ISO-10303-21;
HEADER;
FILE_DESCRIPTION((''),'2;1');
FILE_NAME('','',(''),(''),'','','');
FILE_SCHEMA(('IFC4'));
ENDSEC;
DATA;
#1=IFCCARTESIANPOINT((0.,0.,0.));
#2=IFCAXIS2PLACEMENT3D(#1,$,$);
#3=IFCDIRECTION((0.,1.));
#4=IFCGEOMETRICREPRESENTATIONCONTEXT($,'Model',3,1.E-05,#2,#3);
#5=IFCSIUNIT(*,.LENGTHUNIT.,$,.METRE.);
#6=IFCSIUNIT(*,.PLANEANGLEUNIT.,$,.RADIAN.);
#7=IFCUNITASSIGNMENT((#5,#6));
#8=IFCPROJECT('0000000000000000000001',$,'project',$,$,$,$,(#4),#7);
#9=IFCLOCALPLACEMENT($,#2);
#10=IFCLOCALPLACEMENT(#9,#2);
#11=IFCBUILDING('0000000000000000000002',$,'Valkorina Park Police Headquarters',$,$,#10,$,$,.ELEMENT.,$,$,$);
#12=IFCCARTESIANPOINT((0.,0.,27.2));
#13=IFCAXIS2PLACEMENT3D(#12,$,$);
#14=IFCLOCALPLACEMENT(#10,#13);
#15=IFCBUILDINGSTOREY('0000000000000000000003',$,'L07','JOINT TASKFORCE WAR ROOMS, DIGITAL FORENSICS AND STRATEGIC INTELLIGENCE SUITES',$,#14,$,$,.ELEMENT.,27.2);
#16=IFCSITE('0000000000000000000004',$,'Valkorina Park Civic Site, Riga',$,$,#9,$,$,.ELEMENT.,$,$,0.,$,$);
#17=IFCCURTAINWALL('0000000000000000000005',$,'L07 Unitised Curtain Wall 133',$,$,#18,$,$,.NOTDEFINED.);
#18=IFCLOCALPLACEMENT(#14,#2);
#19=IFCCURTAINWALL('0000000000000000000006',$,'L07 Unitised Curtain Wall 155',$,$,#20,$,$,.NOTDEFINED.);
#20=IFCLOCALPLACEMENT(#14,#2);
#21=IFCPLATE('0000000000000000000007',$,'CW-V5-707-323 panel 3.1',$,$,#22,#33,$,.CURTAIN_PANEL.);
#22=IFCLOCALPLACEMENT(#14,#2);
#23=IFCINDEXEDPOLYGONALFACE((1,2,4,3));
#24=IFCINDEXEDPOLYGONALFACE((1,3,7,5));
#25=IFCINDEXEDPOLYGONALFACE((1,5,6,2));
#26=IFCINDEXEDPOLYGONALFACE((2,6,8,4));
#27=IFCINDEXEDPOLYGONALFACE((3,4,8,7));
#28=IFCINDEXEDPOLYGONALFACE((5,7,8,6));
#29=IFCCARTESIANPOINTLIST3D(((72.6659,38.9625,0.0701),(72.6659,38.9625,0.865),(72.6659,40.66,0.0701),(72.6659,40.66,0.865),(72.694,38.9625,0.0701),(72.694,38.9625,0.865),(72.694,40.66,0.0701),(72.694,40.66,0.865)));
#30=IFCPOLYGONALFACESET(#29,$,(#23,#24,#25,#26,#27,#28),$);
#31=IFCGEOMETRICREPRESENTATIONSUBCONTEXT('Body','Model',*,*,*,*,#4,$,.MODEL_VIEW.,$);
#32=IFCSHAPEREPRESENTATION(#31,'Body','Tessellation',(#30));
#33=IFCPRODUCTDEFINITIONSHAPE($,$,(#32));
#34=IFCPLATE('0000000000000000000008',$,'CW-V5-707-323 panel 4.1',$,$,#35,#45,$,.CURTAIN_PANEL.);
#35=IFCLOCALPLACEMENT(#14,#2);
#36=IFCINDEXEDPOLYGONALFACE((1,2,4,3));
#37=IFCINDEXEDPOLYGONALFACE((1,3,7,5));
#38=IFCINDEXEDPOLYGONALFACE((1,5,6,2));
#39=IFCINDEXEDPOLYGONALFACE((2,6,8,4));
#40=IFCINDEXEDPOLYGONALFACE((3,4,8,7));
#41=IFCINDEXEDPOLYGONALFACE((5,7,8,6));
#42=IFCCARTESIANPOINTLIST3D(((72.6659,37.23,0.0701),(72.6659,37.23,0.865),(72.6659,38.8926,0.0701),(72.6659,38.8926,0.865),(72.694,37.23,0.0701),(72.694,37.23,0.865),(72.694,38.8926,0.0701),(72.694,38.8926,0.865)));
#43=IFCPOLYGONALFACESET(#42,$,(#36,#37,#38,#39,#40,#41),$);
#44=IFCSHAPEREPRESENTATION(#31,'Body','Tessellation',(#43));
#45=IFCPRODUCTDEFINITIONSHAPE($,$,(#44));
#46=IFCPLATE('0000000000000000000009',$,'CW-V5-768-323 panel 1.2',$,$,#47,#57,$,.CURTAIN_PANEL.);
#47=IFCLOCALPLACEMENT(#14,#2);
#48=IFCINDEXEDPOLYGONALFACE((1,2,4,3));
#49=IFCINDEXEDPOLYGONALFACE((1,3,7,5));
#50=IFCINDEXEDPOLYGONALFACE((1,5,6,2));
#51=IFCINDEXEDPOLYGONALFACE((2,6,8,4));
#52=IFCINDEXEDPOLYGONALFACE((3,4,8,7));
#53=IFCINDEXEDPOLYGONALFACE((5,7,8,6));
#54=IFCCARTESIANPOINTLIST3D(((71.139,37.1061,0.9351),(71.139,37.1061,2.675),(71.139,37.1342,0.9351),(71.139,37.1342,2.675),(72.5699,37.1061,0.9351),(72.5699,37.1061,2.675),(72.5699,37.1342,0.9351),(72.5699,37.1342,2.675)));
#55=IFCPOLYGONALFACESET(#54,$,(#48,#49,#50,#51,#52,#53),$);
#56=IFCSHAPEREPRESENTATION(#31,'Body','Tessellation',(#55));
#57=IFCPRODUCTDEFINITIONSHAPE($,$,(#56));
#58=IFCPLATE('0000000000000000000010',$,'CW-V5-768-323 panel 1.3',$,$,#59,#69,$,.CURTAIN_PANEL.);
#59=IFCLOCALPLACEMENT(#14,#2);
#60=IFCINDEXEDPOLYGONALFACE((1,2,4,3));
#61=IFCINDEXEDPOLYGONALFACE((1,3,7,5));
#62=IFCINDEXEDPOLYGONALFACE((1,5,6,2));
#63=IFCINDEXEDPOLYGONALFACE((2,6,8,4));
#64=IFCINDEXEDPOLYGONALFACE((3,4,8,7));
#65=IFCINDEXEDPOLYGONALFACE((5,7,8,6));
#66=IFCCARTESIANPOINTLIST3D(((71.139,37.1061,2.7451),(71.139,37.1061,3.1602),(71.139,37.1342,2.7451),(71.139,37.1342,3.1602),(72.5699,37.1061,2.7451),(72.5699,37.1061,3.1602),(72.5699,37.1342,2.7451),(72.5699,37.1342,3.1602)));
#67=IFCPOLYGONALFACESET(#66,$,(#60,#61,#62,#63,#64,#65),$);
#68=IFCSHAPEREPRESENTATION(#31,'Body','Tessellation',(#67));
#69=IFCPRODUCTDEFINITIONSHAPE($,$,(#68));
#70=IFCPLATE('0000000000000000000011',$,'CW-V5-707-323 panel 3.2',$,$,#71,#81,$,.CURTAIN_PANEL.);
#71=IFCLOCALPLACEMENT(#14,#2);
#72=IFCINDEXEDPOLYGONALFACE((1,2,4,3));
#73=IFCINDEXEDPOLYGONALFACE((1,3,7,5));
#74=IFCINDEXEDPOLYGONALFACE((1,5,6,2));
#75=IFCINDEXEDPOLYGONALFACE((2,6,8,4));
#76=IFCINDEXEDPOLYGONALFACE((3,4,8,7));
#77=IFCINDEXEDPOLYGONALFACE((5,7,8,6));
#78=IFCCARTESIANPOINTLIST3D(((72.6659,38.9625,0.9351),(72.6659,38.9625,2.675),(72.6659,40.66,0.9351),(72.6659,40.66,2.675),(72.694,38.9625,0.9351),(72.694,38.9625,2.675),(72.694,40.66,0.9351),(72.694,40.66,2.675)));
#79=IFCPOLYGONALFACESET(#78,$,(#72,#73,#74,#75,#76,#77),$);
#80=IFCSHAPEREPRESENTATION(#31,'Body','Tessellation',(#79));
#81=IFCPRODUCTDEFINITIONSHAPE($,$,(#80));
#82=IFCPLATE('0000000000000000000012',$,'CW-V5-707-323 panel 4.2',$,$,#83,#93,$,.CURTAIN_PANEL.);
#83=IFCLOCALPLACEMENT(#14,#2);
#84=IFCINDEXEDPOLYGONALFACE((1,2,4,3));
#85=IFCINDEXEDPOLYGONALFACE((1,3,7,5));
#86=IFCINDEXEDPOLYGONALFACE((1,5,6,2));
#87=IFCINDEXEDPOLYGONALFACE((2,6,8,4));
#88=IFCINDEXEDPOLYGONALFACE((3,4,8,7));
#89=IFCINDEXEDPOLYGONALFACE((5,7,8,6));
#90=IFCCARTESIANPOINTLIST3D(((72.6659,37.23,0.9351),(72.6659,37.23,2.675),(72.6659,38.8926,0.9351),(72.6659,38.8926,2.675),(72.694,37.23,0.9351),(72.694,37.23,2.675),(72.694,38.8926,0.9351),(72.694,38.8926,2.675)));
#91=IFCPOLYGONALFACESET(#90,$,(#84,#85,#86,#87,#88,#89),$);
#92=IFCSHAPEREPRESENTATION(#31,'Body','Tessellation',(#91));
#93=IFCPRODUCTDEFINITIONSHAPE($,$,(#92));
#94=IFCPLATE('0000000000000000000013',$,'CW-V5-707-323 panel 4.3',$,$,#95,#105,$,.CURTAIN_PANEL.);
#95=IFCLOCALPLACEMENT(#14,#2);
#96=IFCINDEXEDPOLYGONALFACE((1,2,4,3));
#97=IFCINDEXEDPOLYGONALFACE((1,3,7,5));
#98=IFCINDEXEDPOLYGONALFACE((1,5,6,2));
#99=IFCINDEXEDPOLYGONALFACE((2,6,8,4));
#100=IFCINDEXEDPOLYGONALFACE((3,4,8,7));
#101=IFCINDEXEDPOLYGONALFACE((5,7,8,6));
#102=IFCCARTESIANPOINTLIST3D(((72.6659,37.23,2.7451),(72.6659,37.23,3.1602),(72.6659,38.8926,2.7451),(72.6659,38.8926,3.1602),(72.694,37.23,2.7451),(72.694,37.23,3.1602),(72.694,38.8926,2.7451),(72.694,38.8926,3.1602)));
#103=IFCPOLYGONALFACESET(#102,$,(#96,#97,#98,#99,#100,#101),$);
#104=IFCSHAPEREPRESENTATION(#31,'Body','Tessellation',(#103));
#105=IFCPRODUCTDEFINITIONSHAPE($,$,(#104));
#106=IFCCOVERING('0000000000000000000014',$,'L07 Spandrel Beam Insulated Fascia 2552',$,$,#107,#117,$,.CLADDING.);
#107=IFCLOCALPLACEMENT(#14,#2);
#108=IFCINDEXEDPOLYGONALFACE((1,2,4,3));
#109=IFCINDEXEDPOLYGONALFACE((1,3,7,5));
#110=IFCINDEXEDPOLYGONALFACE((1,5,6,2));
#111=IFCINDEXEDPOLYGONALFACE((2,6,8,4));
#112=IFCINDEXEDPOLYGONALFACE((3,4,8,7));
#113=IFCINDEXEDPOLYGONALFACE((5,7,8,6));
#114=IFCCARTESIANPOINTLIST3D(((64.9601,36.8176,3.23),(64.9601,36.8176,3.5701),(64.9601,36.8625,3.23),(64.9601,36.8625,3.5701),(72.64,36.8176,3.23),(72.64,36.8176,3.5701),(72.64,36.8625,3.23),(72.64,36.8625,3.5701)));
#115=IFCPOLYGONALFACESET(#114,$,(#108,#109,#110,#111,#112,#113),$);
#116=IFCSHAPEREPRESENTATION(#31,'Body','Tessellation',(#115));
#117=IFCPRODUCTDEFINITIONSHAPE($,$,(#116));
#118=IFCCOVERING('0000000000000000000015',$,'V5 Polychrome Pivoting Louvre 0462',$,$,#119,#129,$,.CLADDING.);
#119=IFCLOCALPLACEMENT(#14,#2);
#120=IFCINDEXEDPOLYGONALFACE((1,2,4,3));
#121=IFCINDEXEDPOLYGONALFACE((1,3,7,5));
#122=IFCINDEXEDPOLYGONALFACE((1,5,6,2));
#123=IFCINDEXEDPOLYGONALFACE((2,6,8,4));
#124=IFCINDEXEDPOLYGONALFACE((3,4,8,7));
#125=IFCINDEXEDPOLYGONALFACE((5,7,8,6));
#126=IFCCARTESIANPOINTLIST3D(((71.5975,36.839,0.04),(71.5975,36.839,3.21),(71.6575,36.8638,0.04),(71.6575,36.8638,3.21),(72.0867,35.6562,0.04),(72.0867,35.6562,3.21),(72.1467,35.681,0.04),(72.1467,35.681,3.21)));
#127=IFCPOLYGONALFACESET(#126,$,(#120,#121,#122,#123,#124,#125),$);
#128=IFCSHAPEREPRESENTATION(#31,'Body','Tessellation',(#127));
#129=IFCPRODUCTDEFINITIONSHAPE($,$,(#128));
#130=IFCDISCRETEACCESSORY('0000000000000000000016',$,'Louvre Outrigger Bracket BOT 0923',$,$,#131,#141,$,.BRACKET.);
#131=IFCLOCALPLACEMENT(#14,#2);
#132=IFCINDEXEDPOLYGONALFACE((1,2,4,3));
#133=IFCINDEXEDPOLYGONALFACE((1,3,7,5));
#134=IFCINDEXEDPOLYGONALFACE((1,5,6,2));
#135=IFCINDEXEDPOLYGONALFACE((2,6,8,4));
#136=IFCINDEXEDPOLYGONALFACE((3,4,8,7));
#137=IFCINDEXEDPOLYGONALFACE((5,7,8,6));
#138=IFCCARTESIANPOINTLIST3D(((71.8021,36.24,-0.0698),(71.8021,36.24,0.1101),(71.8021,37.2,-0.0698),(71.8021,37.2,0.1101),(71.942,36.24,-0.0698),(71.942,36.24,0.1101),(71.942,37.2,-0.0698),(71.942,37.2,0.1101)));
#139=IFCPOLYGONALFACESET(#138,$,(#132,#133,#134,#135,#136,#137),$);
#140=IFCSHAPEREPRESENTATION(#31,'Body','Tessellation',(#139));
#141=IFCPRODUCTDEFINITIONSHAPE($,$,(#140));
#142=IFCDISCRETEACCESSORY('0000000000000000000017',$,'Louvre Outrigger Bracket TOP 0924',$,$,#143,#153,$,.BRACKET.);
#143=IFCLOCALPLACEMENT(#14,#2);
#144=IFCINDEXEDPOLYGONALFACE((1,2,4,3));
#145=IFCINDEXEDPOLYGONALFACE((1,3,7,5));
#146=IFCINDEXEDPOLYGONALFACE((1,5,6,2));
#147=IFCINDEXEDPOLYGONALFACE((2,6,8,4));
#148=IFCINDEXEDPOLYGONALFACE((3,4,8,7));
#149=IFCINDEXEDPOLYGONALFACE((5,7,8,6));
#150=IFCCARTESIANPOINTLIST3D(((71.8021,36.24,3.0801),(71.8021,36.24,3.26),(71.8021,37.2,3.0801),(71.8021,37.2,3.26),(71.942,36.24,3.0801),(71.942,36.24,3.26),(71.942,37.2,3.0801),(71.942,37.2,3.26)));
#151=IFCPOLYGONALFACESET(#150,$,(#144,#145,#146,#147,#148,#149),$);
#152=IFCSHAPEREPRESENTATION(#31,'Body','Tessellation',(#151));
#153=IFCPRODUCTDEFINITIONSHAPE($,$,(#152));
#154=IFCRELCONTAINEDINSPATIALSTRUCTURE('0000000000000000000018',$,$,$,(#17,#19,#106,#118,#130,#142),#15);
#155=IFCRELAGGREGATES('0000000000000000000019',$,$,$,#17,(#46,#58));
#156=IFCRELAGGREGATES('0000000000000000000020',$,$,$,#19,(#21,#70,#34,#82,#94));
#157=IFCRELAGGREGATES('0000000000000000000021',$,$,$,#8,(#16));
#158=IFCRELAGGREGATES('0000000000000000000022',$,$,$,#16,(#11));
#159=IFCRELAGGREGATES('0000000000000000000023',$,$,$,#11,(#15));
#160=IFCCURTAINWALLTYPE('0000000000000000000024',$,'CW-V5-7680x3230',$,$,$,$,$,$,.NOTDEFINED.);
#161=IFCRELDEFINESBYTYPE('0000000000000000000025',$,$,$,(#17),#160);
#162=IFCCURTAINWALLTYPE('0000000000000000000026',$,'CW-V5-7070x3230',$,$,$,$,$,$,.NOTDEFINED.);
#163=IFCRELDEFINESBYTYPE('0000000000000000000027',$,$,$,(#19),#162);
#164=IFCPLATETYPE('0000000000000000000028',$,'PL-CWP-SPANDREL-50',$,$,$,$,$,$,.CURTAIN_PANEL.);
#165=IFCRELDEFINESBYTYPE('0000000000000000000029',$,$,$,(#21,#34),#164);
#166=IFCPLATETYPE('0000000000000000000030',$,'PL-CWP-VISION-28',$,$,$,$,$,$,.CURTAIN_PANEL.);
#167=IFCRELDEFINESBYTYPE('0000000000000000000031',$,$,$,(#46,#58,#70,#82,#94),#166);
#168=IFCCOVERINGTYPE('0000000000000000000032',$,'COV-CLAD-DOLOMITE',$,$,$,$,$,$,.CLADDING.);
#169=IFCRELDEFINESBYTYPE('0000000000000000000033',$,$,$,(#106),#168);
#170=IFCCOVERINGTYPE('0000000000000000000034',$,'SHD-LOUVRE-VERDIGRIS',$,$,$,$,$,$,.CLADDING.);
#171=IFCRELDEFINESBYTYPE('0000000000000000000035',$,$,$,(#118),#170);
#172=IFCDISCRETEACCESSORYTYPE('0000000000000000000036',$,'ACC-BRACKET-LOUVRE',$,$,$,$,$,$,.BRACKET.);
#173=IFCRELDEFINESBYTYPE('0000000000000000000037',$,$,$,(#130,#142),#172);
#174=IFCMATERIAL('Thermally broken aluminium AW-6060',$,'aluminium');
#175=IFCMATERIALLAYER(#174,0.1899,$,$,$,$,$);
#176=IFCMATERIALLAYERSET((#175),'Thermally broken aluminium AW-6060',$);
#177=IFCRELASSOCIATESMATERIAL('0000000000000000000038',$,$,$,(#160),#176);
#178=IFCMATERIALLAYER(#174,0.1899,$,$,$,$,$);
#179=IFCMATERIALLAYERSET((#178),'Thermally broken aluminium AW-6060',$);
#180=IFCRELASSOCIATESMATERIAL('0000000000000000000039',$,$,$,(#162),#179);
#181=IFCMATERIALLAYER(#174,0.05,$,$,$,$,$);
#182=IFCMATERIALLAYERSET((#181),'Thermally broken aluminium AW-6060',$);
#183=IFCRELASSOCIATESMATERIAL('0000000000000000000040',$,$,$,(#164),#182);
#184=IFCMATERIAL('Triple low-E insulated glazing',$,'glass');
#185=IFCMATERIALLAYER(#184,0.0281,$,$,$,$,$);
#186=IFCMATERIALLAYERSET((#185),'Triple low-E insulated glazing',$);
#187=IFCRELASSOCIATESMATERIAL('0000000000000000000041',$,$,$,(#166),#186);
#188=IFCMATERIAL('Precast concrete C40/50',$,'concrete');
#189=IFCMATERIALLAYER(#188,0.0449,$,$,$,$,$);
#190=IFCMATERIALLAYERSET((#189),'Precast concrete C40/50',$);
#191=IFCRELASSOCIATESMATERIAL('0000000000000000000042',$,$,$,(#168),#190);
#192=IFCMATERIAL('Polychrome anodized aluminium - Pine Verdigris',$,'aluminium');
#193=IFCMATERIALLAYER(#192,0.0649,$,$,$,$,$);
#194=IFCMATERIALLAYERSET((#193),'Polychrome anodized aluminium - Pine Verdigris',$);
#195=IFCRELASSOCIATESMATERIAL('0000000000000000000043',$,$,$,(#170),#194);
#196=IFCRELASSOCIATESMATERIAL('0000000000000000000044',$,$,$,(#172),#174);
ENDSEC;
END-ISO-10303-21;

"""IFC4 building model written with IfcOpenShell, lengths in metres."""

from ifc_helpers import new_model, si_unit, direction, frame, frame_2d, origin, origin_2d, place, context, subcontext, project, spatial, rectangle, extrude, material, layer, layer_set, type_object, element, aggregate, save


model = new_model("IFC4")

# Units and contexts
model_context = context("Model", 3, precision=1e-05, world=origin(), true_north=direction((0.0, 1.0)))
body_context = subcontext(model_context, "Body", "Model", "MODEL_VIEW")
ifc_project = project(units=[si_unit("LENGTHUNIT", "METRE"), si_unit("PLANEANGLEUNIT", "RADIAN")], contexts=[model_context])

# Site, building, storey
site_placement = place(None, origin())
site = spatial("IfcSite", under=ifc_project, at=site_placement, Name="Valkorina Park Civic Site, Riga", CompositionType="ELEMENT", RefElevation=0.0)
building_placement = place(site_placement, origin())
building = spatial("IfcBuilding", under=site, at=building_placement, Name="Valkorina Park Police Headquarters", CompositionType="ELEMENT")
storey_placement = place(building_placement, frame((0.0, 0.0, 27.2)))
storey = spatial("IfcBuildingStorey", under=building, at=storey_placement, Name="L07", Description="JOINT TASKFORCE WAR ROOMS, DIGITAL FORENSICS AND STRATEGIC INTELLIGENCE SUITES", CompositionType="ELEMENT", Elevation=27.2)

# Curtain wall
ifc_material_1 = material(Name="Thermally broken aluminium AW-6060", Category="aluminium")
ifc_layer_1 = layer(ifc_material_1, 0.1899)
ifc_layer_set_1 = layer_set([ifc_layer_1], Name="Thermally broken aluminium AW-6060")
curtain_wall_type_1 = type_object("IfcCurtainWallType", Name="CW-V5-7680x3230", PredefinedType="NOTDEFINED", material=ifc_layer_set_1)
curtain_wall_1_placement = place(storey_placement, origin())
curtain_wall_1 = element("IfcCurtainWall", 1, at=curtain_wall_1_placement, inside=storey, type_object=curtain_wall_type_1, Name="L07 Unitised Curtain Wall 133", PredefinedType="NOTDEFINED")

# Curtain wall
ifc_layer_2 = layer(ifc_material_1, 0.1899)
ifc_layer_set_2 = layer_set([ifc_layer_2], Name="Thermally broken aluminium AW-6060")
curtain_wall_type_2 = type_object("IfcCurtainWallType", Name="CW-V5-7070x3230", PredefinedType="NOTDEFINED", material=ifc_layer_set_2)
curtain_wall_2_placement = place(storey_placement, origin())
curtain_wall_2 = element("IfcCurtainWall", 2, at=curtain_wall_2_placement, inside=storey, type_object=curtain_wall_type_2, Name="L07 Unitised Curtain Wall 155", PredefinedType="NOTDEFINED")

# Plates
ifc_layer_3 = layer(ifc_material_1, 0.05)
ifc_layer_set_3 = layer_set([ifc_layer_3], Name="Thermally broken aluminium AW-6060")
plate_type_1 = type_object("IfcPlateType", Name="PL-CWP-SPANDREL-50", PredefinedType="CURTAIN_PANEL", material=ifc_layer_set_3)
plate_1_placement = place(storey_placement, frame((72.6799, 39.8113, 0.0701), z_axis=(0.0, 0.0, 1.0), x_axis=(0.0, -1.0, 0.0)))
plate_1 = element("IfcPlate", 3, at=plate_1_placement, type_object=plate_type_1, Name="CW-V5-707-323 panel 3.1", PredefinedType="CURTAIN_PANEL", context=body_context, shape_type="SweptSolid", body=[
    extrude(rectangle(XDim=1.6975, YDim=0.0281, at=origin_2d()), origin(), (0.0, 0.0, 1.0), 0.7949),
])
plate_2_placement = place(storey_placement, frame((72.6799, 38.0613, 0.0701), z_axis=(0.0, 0.0, 1.0), x_axis=(0.0, -1.0, 0.0)))
plate_2 = element("IfcPlate", 4, at=plate_2_placement, type_object=plate_type_1, Name="CW-V5-707-323 panel 4.1", PredefinedType="CURTAIN_PANEL", context=body_context, shape_type="SweptSolid", body=[
    extrude(rectangle(XDim=1.6626, YDim=0.0281, at=origin_2d()), origin(), (0.0, 0.0, 1.0), 0.7949),
])
ifc_material_2 = material(Name="Triple low-E insulated glazing", Category="glass")
ifc_layer_4 = layer(ifc_material_2, 0.0281)
ifc_layer_set_4 = layer_set([ifc_layer_4], Name="Triple low-E insulated glazing")
plate_type_2 = type_object("IfcPlateType", Name="PL-CWP-VISION-28", PredefinedType="CURTAIN_PANEL", material=ifc_layer_set_4)
plate_3_placement = place(storey_placement, frame((71.8545, 37.1201, 0.9351), z_axis=(0.0, 0.0, 1.0), x_axis=(-1.0, 0.0, 0.0)))
plate_3 = element("IfcPlate", 5, at=plate_3_placement, type_object=plate_type_2, Name="CW-V5-768-323 panel 1.2", PredefinedType="CURTAIN_PANEL", context=body_context, shape_type="SweptSolid", body=[
    extrude(rectangle(XDim=1.4309, YDim=0.0281, at=origin_2d()), origin(), (0.0, 0.0, 1.0), 1.74),
])
plate_4_placement = place(storey_placement, frame((71.8545, 37.1201, 2.7451), z_axis=(0.0, 0.0, 1.0), x_axis=(-1.0, 0.0, 0.0)))
plate_4 = element("IfcPlate", 6, at=plate_4_placement, type_object=plate_type_2, Name="CW-V5-768-323 panel 1.3", PredefinedType="CURTAIN_PANEL", context=body_context, shape_type="SweptSolid", body=[
    extrude(rectangle(XDim=1.4309, YDim=0.0281, at=origin_2d()), origin(), (0.0, 0.0, 1.0), 0.415),
])
aggregate(curtain_wall_1, [plate_3, plate_4])
plate_5_placement = place(storey_placement, frame((72.6799, 39.8113, 0.9351), z_axis=(0.0, 0.0, 1.0), x_axis=(0.0, -1.0, 0.0)))
plate_5 = element("IfcPlate", 7, at=plate_5_placement, type_object=plate_type_2, Name="CW-V5-707-323 panel 3.2", PredefinedType="CURTAIN_PANEL", context=body_context, shape_type="SweptSolid", body=[
    extrude(rectangle(XDim=1.6975, YDim=0.0281, at=origin_2d()), origin(), (0.0, 0.0, 1.0), 1.74),
])
plate_6_placement = place(storey_placement, frame((72.6799, 38.0613, 0.9351), z_axis=(0.0, 0.0, 1.0), x_axis=(0.0, -1.0, 0.0)))
plate_6 = element("IfcPlate", 8, at=plate_6_placement, type_object=plate_type_2, Name="CW-V5-707-323 panel 4.2", PredefinedType="CURTAIN_PANEL", context=body_context, shape_type="SweptSolid", body=[
    extrude(rectangle(XDim=1.6626, YDim=0.0281, at=origin_2d()), origin(), (0.0, 0.0, 1.0), 1.74),
])
plate_7_placement = place(storey_placement, frame((72.6799, 38.0613, 2.7451), z_axis=(0.0, 0.0, 1.0), x_axis=(0.0, -1.0, 0.0)))
plate_7 = element("IfcPlate", 9, at=plate_7_placement, type_object=plate_type_2, Name="CW-V5-707-323 panel 4.3", PredefinedType="CURTAIN_PANEL", context=body_context, shape_type="SweptSolid", body=[
    extrude(rectangle(XDim=1.6626, YDim=0.0281, at=origin_2d()), origin(), (0.0, 0.0, 1.0), 0.415),
])
aggregate(curtain_wall_2, [plate_1, plate_5, plate_2, plate_6, plate_7])

# Covering
ifc_material_3 = material(Name="Precast concrete C40/50", Category="concrete")
ifc_layer_5 = layer(ifc_material_3, 0.0449)
ifc_layer_set_5 = layer_set([ifc_layer_5], Name="Precast concrete C40/50")
covering_type_1 = type_object("IfcCoveringType", Name="COV-CLAD-DOLOMITE", PredefinedType="CLADDING", material=ifc_layer_set_5)
covering_1_placement = place(storey_placement, frame((72.6399, 36.8401, 3.23), z_axis=(0.0, 0.0, 1.0), x_axis=(-1.0, 0.0, 0.0)))
element("IfcCovering", 10, at=covering_1_placement, inside=storey, type_object=covering_type_1, Name="L07 Spandrel Beam Insulated Fascia 2552", PredefinedType="CLADDING", context=body_context, shape_type="SweptSolid", body=[
    extrude(rectangle(XDim=7.6799, YDim=0.0449, at=frame_2d((3.8398, 0.0))), origin(), (0.0, 0.0, 1.0), 0.3401),
])

# Covering
ifc_material_4 = material(Name="Polychrome anodized aluminium - Pine Verdigris", Category="aluminium")
ifc_layer_6 = layer(ifc_material_4, 0.0649)
ifc_layer_set_6 = layer_set([ifc_layer_6], Name="Polychrome anodized aluminium - Pine Verdigris")
covering_type_2 = type_object("IfcCoveringType", Name="SHD-LOUVRE-VERDIGRIS", PredefinedType="CLADDING", material=ifc_layer_set_6)
covering_2_placement = place(storey_placement, frame((71.8721, 36.26, 0.04), z_axis=(0.0, 0.0, 1.0), x_axis=(0.3822, -0.92408, 0.0)))
element("IfcCovering", 11, at=covering_2_placement, inside=storey, type_object=covering_type_2, Name="V5 Polychrome Pivoting Louvre 0462", PredefinedType="CLADDING", context=body_context, shape_type="SweptSolid", body=[
    extrude(rectangle(XDim=1.28, YDim=0.0649, at=origin_2d()), origin(), (0.0, 0.0, 1.0), 3.1699),
])

# Discrete accessories
discrete_accessory_type = type_object("IfcDiscreteAccessoryType", Name="ACC-BRACKET-LOUVRE", PredefinedType="BRACKET", material=ifc_material_1)
for number, where, z_axis, x_axis, name in (
    (12, (71.8721, 36.72, -0.0698), (0.0, 0.0, 1.0), (0.0, -1.0, 0.0), "Louvre Outrigger Bracket BOT 0923"),
    (13, (71.8721, 36.72, 3.0801), (0.0, 0.0, 1.0), (0.0, -1.0, 0.0), "Louvre Outrigger Bracket TOP 0924"),
):
    element("IfcDiscreteAccessory", number, at=place(storey_placement, frame(where, z_axis=z_axis, x_axis=x_axis)), inside=storey, type_object=discrete_accessory_type, Name=name, PredefinedType="BRACKET", context=body_context, shape_type="SweptSolid", body=[
        extrude(rectangle(XDim=0.96, YDim=0.1399, at=origin_2d()), origin(), (0.0, 0.0, 1.0), 0.1799),
    ])

save(model, "model.ifc")
